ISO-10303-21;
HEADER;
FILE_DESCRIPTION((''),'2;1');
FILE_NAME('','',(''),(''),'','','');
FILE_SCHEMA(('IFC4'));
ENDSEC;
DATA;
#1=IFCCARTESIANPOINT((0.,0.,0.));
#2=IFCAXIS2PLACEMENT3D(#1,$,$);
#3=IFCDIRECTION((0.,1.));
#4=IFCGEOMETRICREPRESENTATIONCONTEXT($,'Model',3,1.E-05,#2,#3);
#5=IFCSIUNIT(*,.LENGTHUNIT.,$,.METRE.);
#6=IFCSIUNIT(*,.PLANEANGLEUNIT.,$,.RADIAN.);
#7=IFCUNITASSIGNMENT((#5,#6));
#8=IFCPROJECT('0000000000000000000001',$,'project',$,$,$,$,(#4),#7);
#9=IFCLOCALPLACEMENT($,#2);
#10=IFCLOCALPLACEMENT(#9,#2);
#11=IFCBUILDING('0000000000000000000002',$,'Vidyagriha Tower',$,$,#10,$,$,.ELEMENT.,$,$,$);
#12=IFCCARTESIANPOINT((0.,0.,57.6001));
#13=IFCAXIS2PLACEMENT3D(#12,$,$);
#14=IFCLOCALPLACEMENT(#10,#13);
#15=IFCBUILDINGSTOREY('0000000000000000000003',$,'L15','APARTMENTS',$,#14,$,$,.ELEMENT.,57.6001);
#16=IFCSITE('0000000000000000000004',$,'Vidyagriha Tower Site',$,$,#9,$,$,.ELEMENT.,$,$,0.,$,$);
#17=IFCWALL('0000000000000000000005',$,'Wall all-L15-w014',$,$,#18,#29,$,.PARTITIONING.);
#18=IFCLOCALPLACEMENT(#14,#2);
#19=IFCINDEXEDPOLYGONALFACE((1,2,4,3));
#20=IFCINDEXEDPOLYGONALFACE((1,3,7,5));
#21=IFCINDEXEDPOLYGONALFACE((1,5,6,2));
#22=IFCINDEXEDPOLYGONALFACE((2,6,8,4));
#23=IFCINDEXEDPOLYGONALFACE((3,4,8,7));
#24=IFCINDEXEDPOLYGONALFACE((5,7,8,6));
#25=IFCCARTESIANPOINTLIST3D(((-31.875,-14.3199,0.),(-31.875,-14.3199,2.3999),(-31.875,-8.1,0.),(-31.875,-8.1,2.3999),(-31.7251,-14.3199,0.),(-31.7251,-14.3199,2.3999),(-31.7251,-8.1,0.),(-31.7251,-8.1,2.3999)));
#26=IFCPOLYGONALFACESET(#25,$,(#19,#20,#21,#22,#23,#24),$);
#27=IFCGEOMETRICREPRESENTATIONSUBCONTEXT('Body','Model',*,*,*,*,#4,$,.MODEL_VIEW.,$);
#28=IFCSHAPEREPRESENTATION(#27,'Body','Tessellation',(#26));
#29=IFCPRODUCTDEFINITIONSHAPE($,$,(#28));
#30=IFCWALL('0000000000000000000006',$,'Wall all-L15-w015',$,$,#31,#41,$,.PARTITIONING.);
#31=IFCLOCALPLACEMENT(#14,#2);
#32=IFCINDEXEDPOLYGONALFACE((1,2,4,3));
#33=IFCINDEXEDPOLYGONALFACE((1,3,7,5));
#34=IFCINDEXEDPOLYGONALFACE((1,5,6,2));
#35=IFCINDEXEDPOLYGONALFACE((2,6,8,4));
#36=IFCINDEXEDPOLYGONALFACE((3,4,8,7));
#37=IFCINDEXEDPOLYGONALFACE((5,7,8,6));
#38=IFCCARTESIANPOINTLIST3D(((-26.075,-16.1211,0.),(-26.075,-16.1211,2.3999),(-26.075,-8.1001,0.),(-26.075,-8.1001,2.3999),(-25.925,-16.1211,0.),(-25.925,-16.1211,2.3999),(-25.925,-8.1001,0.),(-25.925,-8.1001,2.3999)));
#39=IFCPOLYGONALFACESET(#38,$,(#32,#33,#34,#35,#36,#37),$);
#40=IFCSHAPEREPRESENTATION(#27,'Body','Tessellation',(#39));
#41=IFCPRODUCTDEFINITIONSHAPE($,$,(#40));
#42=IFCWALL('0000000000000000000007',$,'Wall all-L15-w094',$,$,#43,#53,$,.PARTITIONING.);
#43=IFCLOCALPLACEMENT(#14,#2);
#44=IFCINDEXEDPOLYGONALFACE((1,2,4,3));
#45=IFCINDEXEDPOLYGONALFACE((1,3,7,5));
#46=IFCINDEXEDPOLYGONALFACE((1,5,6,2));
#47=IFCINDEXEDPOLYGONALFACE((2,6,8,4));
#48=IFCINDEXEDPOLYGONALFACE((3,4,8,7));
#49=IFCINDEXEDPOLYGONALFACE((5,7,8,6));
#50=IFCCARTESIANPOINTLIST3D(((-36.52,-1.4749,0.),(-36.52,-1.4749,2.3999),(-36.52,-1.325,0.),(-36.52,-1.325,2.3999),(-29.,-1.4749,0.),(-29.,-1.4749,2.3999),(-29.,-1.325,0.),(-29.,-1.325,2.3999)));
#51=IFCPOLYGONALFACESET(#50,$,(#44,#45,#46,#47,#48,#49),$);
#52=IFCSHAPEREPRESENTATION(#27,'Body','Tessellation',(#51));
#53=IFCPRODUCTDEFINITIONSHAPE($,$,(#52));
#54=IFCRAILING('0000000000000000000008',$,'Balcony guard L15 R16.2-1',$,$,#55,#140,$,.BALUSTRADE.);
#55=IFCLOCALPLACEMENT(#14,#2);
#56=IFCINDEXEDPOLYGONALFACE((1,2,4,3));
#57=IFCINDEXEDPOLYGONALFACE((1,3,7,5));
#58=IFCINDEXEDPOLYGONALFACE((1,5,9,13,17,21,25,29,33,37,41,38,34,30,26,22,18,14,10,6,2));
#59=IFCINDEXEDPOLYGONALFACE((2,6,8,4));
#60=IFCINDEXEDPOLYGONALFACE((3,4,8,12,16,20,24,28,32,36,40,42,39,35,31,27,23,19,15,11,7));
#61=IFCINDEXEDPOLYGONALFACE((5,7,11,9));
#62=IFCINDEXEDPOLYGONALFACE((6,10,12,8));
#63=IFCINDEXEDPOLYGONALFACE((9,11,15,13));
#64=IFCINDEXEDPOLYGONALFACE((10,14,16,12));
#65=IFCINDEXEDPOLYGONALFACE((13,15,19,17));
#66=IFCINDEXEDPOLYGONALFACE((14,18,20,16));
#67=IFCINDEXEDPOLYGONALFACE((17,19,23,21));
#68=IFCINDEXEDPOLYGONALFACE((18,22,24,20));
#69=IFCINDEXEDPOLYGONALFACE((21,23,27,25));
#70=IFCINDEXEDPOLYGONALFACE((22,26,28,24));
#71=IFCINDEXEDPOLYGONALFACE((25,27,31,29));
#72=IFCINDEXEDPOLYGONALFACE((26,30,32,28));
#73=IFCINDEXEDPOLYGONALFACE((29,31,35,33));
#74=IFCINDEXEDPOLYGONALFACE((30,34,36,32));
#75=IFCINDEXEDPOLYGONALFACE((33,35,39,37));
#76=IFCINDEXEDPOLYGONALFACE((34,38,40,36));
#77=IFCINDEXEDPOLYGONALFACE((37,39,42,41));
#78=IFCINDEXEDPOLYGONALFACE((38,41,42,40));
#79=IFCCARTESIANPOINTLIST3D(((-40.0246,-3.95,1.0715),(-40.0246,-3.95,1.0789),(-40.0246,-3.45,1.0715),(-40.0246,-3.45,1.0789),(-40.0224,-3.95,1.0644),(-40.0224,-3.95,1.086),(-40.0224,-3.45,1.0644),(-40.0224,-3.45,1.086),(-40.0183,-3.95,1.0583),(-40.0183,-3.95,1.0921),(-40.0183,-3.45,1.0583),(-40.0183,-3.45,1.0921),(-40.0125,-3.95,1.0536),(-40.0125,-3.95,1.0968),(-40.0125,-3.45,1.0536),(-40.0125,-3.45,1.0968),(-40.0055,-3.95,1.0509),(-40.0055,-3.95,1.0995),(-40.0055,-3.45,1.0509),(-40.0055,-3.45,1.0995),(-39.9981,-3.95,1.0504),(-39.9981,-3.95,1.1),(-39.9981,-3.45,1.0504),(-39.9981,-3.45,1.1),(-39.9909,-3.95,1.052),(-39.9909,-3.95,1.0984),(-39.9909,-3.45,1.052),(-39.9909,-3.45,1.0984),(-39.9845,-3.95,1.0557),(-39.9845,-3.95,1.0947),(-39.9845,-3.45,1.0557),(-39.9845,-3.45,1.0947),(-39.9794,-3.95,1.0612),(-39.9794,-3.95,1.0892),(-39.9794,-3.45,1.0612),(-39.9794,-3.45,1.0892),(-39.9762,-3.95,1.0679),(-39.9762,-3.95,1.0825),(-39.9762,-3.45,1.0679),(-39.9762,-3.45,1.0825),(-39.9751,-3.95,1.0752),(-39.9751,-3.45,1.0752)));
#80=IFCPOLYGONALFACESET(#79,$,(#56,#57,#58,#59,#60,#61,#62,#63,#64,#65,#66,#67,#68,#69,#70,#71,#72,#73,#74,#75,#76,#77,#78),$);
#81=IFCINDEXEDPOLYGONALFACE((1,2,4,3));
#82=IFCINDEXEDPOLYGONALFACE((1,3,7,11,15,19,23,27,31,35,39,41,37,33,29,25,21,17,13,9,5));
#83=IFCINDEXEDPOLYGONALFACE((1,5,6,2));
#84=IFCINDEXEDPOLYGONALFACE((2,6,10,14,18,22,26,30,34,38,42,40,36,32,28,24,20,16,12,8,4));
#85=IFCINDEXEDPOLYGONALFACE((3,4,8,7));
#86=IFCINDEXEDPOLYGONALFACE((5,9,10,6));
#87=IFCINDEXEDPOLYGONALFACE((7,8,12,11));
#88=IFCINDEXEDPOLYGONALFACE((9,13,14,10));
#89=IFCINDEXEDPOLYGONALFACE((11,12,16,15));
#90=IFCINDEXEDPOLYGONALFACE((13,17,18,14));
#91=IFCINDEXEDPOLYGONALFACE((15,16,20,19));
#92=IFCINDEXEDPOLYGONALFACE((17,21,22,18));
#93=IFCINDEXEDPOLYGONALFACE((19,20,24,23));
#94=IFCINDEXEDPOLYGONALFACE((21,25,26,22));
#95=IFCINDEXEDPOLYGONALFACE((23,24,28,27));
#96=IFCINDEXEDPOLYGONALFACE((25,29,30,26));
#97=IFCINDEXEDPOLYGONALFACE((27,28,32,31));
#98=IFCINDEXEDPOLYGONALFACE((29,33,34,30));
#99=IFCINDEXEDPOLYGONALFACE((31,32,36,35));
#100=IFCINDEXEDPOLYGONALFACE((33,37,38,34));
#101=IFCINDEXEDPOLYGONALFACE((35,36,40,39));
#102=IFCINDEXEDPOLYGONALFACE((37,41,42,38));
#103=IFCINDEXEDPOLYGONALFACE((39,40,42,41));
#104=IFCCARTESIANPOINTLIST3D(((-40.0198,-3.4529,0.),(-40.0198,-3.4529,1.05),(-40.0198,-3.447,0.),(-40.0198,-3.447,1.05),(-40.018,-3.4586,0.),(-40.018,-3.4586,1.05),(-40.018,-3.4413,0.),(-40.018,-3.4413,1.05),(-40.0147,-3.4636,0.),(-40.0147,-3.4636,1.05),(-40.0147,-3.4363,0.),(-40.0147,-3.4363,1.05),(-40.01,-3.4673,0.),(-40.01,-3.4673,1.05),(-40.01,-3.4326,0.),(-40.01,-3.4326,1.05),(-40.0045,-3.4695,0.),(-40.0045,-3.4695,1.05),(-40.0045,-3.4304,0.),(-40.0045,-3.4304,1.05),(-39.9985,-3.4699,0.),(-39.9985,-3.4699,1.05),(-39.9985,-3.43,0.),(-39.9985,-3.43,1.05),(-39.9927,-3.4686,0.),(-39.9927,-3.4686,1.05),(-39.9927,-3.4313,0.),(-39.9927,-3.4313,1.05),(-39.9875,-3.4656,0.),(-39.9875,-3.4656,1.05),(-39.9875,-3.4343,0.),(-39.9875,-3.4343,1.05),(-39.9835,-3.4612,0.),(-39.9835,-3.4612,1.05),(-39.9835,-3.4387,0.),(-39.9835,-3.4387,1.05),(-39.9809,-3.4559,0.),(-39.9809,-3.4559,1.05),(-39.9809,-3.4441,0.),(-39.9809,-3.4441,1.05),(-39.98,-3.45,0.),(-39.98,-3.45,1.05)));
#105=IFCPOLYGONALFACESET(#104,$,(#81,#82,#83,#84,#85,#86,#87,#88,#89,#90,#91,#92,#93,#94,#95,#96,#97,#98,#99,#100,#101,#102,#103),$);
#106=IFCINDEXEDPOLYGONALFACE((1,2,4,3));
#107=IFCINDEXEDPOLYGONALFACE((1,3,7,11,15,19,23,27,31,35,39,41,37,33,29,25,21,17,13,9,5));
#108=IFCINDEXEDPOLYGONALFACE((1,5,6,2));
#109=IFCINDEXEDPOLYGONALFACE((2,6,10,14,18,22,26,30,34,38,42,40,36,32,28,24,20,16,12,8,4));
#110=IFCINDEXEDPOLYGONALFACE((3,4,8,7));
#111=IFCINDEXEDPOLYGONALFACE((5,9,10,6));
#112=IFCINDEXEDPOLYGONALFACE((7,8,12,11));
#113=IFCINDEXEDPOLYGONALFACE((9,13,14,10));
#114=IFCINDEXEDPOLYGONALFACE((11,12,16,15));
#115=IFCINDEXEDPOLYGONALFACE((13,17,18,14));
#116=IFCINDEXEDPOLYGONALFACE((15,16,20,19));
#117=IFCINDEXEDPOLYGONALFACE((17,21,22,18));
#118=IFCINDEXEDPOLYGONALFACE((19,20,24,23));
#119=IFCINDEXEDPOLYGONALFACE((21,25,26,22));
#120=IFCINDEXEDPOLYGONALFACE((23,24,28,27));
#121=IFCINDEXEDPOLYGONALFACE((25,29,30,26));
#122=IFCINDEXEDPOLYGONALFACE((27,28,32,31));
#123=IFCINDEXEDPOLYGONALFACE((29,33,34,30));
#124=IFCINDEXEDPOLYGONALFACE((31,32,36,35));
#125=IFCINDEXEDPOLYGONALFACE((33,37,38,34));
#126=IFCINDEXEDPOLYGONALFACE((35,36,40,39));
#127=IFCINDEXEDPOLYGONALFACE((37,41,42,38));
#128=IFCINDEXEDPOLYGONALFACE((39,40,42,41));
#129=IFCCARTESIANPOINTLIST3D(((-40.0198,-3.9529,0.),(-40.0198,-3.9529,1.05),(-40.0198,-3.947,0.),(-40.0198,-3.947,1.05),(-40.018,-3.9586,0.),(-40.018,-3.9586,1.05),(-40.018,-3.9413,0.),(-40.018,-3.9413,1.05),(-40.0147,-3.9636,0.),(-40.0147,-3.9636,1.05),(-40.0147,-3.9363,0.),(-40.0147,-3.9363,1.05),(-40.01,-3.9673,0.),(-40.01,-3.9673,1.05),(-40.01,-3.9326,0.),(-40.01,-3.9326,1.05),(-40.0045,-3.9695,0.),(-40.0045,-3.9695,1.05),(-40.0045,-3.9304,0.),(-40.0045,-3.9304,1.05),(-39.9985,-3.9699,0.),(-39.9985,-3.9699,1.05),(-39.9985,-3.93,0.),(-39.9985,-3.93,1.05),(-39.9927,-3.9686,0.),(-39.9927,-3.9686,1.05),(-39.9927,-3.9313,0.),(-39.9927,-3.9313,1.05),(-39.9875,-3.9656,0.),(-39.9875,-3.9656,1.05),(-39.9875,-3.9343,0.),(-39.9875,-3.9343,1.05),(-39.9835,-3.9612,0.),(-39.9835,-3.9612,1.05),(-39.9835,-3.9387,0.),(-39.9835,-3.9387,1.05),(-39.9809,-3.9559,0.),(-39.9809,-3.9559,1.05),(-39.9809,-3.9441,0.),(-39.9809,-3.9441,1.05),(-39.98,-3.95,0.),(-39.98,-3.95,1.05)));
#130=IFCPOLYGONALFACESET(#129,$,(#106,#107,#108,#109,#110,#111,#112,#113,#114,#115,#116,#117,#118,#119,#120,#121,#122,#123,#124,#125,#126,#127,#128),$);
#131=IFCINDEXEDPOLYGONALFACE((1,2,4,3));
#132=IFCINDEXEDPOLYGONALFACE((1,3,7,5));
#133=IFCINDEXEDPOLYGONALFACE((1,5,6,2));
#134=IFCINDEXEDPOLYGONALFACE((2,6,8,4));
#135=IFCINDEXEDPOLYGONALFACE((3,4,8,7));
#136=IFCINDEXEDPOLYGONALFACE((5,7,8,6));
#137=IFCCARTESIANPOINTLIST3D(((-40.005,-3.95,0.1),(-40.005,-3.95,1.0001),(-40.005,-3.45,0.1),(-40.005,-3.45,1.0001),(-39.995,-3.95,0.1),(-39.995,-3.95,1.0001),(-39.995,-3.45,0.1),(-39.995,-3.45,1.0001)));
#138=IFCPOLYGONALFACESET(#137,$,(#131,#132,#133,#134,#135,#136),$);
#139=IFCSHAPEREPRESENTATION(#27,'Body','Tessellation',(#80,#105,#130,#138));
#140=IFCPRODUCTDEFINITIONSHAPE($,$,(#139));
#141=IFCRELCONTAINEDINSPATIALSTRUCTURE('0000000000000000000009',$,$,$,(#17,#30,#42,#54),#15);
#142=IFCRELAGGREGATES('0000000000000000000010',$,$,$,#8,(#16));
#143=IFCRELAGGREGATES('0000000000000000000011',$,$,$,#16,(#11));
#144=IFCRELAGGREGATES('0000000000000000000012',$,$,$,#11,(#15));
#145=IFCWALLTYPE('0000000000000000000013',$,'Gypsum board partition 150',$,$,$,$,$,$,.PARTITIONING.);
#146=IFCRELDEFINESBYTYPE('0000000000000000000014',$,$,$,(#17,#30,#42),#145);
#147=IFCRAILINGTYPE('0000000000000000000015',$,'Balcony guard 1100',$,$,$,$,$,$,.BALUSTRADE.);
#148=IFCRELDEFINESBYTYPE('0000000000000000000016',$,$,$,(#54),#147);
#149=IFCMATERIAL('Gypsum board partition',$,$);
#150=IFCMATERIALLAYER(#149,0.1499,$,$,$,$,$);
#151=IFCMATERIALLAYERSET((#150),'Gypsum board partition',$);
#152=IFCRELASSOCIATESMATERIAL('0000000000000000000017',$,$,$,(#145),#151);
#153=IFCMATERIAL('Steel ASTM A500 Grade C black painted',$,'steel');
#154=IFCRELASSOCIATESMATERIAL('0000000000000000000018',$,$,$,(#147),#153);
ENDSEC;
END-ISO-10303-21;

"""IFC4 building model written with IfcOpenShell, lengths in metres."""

from ifc_helpers import new_model, si_unit, direction, frame, frame_2d, origin, origin_2d, place, context, subcontext, project, spatial, rectangle, circle, extrude, material, layer, layer_set, type_object, element, save


model = new_model("IFC4")

# Units and contexts
model_context = context("Model", 3, precision=1e-05, world=origin(), true_north=direction((0.0, 1.0)))
body_context = subcontext(model_context, "Body", "Model", "MODEL_VIEW")
ifc_project = project(units=[si_unit("LENGTHUNIT", "METRE"), si_unit("PLANEANGLEUNIT", "RADIAN")], contexts=[model_context])

# Site, building, storey
site_placement = place(None, origin())
site = spatial("IfcSite", under=ifc_project, at=site_placement, Name="Vidyagriha Tower Site", CompositionType="ELEMENT", RefElevation=0.0)
building_placement = place(site_placement, origin())
building = spatial("IfcBuilding", under=site, at=building_placement, Name="Vidyagriha Tower", CompositionType="ELEMENT")
storey_placement = place(building_placement, frame((0.0, 0.0, 57.6001)))
storey = spatial("IfcBuildingStorey", under=building, at=storey_placement, Name="L15", Description="APARTMENTS", CompositionType="ELEMENT", Elevation=57.6001)

# Shared definitions
ifc_material_1 = material(Name="Gypsum board partition")
ifc_layer_1 = layer(ifc_material_1, 0.1499)
ifc_layer_set_1 = layer_set([ifc_layer_1], Name="Gypsum board partition")
wall_type_1 = type_object("IfcWallType", Name="Gypsum board partition 150", PredefinedType="PARTITIONING", material=ifc_layer_set_1)

# Walls
wall_1_placement = place(storey_placement, frame((-31.8, -8.1001, 0.0), z_axis=(0.0, 0.0, 1.0), x_axis=(0.0, -1.0, 0.0)))
element("IfcWall", 1, at=wall_1_placement, inside=storey, type_object=wall_type_1, Name="Wall all-L15-w014", PredefinedType="PARTITIONING", context=body_context, shape_type="SweptSolid", body=[
    extrude(rectangle(XDim=6.22, YDim=0.1499, at=frame_2d((3.1099, 0.0))), origin(), (0.0, 0.0, 1.0), 2.3999),
])
wall_2_placement = place(storey_placement, frame((-26.0, -8.1001, 0.0), z_axis=(0.0, 0.0, 1.0), x_axis=(0.0, -1.0, 0.0)))
element("IfcWall", 2, at=wall_2_placement, inside=storey, type_object=wall_type_1, Name="Wall all-L15-w015", PredefinedType="PARTITIONING", context=body_context, shape_type="SweptSolid", body=[
    extrude(rectangle(XDim=8.021, YDim=0.1499, at=frame_2d((4.0105, 0.0))), origin(), (0.0, 0.0, 1.0), 2.3999),
])
wall_3_placement = place(storey_placement, frame((-29.0, -1.3999, 0.0), z_axis=(0.0, 0.0, 1.0), x_axis=(-1.0, 0.0, 0.0)))
element("IfcWall", 3, at=wall_3_placement, inside=storey, type_object=wall_type_1, Name="Wall all-L15-w094", PredefinedType="PARTITIONING", context=body_context, shape_type="SweptSolid", body=[
    extrude(rectangle(XDim=7.52, YDim=0.1499, at=frame_2d((3.76, 0.0))), origin(), (0.0, 0.0, 1.0), 2.3999),
])

# Railing
ifc_material_2 = material(Name="Steel ASTM A500 Grade C black painted", Category="steel")
railing_type_1 = type_object("IfcRailingType", Name="Balcony guard 1100", PredefinedType="BALUSTRADE", material=ifc_material_2)
railing_1_placement = place(storey_placement, frame((-40.0, -3.45, 0.0)))
element("IfcRailing", 4, at=railing_1_placement, inside=storey, type_object=railing_type_1, Name="Balcony guard L15 R16.2-1", PredefinedType="BALUSTRADE", context=body_context, shape_type="SweptSolid", body=[
    extrude(circle(Radius=0.0249, at=origin_2d()), frame((0.0, 0.0, 1.0752), z_axis=(0.0, -1.0, 0.0), x_axis=(1.0, 0.0, 0.0)), (0.0, 0.0, 1.0), 0.5),
    extrude(circle(Radius=0.02, at=origin_2d()), origin(), (0.0, 0.0, 1.0), 1.05),
    extrude(circle(Radius=0.02, at=origin_2d()), frame((0.0, -0.5, 0.0)), (0.0, 0.0, 1.0), 1.05),
    extrude(rectangle(XDim=0.01, YDim=0.9001, at=origin_2d()), frame((0.0, 0.0, 0.55), z_axis=(0.0, -1.0, 0.0), x_axis=(1.0, 0.0, 0.0)), (0.0, 0.0, 1.0), 0.5),
])

save(model, "model.ifc")
